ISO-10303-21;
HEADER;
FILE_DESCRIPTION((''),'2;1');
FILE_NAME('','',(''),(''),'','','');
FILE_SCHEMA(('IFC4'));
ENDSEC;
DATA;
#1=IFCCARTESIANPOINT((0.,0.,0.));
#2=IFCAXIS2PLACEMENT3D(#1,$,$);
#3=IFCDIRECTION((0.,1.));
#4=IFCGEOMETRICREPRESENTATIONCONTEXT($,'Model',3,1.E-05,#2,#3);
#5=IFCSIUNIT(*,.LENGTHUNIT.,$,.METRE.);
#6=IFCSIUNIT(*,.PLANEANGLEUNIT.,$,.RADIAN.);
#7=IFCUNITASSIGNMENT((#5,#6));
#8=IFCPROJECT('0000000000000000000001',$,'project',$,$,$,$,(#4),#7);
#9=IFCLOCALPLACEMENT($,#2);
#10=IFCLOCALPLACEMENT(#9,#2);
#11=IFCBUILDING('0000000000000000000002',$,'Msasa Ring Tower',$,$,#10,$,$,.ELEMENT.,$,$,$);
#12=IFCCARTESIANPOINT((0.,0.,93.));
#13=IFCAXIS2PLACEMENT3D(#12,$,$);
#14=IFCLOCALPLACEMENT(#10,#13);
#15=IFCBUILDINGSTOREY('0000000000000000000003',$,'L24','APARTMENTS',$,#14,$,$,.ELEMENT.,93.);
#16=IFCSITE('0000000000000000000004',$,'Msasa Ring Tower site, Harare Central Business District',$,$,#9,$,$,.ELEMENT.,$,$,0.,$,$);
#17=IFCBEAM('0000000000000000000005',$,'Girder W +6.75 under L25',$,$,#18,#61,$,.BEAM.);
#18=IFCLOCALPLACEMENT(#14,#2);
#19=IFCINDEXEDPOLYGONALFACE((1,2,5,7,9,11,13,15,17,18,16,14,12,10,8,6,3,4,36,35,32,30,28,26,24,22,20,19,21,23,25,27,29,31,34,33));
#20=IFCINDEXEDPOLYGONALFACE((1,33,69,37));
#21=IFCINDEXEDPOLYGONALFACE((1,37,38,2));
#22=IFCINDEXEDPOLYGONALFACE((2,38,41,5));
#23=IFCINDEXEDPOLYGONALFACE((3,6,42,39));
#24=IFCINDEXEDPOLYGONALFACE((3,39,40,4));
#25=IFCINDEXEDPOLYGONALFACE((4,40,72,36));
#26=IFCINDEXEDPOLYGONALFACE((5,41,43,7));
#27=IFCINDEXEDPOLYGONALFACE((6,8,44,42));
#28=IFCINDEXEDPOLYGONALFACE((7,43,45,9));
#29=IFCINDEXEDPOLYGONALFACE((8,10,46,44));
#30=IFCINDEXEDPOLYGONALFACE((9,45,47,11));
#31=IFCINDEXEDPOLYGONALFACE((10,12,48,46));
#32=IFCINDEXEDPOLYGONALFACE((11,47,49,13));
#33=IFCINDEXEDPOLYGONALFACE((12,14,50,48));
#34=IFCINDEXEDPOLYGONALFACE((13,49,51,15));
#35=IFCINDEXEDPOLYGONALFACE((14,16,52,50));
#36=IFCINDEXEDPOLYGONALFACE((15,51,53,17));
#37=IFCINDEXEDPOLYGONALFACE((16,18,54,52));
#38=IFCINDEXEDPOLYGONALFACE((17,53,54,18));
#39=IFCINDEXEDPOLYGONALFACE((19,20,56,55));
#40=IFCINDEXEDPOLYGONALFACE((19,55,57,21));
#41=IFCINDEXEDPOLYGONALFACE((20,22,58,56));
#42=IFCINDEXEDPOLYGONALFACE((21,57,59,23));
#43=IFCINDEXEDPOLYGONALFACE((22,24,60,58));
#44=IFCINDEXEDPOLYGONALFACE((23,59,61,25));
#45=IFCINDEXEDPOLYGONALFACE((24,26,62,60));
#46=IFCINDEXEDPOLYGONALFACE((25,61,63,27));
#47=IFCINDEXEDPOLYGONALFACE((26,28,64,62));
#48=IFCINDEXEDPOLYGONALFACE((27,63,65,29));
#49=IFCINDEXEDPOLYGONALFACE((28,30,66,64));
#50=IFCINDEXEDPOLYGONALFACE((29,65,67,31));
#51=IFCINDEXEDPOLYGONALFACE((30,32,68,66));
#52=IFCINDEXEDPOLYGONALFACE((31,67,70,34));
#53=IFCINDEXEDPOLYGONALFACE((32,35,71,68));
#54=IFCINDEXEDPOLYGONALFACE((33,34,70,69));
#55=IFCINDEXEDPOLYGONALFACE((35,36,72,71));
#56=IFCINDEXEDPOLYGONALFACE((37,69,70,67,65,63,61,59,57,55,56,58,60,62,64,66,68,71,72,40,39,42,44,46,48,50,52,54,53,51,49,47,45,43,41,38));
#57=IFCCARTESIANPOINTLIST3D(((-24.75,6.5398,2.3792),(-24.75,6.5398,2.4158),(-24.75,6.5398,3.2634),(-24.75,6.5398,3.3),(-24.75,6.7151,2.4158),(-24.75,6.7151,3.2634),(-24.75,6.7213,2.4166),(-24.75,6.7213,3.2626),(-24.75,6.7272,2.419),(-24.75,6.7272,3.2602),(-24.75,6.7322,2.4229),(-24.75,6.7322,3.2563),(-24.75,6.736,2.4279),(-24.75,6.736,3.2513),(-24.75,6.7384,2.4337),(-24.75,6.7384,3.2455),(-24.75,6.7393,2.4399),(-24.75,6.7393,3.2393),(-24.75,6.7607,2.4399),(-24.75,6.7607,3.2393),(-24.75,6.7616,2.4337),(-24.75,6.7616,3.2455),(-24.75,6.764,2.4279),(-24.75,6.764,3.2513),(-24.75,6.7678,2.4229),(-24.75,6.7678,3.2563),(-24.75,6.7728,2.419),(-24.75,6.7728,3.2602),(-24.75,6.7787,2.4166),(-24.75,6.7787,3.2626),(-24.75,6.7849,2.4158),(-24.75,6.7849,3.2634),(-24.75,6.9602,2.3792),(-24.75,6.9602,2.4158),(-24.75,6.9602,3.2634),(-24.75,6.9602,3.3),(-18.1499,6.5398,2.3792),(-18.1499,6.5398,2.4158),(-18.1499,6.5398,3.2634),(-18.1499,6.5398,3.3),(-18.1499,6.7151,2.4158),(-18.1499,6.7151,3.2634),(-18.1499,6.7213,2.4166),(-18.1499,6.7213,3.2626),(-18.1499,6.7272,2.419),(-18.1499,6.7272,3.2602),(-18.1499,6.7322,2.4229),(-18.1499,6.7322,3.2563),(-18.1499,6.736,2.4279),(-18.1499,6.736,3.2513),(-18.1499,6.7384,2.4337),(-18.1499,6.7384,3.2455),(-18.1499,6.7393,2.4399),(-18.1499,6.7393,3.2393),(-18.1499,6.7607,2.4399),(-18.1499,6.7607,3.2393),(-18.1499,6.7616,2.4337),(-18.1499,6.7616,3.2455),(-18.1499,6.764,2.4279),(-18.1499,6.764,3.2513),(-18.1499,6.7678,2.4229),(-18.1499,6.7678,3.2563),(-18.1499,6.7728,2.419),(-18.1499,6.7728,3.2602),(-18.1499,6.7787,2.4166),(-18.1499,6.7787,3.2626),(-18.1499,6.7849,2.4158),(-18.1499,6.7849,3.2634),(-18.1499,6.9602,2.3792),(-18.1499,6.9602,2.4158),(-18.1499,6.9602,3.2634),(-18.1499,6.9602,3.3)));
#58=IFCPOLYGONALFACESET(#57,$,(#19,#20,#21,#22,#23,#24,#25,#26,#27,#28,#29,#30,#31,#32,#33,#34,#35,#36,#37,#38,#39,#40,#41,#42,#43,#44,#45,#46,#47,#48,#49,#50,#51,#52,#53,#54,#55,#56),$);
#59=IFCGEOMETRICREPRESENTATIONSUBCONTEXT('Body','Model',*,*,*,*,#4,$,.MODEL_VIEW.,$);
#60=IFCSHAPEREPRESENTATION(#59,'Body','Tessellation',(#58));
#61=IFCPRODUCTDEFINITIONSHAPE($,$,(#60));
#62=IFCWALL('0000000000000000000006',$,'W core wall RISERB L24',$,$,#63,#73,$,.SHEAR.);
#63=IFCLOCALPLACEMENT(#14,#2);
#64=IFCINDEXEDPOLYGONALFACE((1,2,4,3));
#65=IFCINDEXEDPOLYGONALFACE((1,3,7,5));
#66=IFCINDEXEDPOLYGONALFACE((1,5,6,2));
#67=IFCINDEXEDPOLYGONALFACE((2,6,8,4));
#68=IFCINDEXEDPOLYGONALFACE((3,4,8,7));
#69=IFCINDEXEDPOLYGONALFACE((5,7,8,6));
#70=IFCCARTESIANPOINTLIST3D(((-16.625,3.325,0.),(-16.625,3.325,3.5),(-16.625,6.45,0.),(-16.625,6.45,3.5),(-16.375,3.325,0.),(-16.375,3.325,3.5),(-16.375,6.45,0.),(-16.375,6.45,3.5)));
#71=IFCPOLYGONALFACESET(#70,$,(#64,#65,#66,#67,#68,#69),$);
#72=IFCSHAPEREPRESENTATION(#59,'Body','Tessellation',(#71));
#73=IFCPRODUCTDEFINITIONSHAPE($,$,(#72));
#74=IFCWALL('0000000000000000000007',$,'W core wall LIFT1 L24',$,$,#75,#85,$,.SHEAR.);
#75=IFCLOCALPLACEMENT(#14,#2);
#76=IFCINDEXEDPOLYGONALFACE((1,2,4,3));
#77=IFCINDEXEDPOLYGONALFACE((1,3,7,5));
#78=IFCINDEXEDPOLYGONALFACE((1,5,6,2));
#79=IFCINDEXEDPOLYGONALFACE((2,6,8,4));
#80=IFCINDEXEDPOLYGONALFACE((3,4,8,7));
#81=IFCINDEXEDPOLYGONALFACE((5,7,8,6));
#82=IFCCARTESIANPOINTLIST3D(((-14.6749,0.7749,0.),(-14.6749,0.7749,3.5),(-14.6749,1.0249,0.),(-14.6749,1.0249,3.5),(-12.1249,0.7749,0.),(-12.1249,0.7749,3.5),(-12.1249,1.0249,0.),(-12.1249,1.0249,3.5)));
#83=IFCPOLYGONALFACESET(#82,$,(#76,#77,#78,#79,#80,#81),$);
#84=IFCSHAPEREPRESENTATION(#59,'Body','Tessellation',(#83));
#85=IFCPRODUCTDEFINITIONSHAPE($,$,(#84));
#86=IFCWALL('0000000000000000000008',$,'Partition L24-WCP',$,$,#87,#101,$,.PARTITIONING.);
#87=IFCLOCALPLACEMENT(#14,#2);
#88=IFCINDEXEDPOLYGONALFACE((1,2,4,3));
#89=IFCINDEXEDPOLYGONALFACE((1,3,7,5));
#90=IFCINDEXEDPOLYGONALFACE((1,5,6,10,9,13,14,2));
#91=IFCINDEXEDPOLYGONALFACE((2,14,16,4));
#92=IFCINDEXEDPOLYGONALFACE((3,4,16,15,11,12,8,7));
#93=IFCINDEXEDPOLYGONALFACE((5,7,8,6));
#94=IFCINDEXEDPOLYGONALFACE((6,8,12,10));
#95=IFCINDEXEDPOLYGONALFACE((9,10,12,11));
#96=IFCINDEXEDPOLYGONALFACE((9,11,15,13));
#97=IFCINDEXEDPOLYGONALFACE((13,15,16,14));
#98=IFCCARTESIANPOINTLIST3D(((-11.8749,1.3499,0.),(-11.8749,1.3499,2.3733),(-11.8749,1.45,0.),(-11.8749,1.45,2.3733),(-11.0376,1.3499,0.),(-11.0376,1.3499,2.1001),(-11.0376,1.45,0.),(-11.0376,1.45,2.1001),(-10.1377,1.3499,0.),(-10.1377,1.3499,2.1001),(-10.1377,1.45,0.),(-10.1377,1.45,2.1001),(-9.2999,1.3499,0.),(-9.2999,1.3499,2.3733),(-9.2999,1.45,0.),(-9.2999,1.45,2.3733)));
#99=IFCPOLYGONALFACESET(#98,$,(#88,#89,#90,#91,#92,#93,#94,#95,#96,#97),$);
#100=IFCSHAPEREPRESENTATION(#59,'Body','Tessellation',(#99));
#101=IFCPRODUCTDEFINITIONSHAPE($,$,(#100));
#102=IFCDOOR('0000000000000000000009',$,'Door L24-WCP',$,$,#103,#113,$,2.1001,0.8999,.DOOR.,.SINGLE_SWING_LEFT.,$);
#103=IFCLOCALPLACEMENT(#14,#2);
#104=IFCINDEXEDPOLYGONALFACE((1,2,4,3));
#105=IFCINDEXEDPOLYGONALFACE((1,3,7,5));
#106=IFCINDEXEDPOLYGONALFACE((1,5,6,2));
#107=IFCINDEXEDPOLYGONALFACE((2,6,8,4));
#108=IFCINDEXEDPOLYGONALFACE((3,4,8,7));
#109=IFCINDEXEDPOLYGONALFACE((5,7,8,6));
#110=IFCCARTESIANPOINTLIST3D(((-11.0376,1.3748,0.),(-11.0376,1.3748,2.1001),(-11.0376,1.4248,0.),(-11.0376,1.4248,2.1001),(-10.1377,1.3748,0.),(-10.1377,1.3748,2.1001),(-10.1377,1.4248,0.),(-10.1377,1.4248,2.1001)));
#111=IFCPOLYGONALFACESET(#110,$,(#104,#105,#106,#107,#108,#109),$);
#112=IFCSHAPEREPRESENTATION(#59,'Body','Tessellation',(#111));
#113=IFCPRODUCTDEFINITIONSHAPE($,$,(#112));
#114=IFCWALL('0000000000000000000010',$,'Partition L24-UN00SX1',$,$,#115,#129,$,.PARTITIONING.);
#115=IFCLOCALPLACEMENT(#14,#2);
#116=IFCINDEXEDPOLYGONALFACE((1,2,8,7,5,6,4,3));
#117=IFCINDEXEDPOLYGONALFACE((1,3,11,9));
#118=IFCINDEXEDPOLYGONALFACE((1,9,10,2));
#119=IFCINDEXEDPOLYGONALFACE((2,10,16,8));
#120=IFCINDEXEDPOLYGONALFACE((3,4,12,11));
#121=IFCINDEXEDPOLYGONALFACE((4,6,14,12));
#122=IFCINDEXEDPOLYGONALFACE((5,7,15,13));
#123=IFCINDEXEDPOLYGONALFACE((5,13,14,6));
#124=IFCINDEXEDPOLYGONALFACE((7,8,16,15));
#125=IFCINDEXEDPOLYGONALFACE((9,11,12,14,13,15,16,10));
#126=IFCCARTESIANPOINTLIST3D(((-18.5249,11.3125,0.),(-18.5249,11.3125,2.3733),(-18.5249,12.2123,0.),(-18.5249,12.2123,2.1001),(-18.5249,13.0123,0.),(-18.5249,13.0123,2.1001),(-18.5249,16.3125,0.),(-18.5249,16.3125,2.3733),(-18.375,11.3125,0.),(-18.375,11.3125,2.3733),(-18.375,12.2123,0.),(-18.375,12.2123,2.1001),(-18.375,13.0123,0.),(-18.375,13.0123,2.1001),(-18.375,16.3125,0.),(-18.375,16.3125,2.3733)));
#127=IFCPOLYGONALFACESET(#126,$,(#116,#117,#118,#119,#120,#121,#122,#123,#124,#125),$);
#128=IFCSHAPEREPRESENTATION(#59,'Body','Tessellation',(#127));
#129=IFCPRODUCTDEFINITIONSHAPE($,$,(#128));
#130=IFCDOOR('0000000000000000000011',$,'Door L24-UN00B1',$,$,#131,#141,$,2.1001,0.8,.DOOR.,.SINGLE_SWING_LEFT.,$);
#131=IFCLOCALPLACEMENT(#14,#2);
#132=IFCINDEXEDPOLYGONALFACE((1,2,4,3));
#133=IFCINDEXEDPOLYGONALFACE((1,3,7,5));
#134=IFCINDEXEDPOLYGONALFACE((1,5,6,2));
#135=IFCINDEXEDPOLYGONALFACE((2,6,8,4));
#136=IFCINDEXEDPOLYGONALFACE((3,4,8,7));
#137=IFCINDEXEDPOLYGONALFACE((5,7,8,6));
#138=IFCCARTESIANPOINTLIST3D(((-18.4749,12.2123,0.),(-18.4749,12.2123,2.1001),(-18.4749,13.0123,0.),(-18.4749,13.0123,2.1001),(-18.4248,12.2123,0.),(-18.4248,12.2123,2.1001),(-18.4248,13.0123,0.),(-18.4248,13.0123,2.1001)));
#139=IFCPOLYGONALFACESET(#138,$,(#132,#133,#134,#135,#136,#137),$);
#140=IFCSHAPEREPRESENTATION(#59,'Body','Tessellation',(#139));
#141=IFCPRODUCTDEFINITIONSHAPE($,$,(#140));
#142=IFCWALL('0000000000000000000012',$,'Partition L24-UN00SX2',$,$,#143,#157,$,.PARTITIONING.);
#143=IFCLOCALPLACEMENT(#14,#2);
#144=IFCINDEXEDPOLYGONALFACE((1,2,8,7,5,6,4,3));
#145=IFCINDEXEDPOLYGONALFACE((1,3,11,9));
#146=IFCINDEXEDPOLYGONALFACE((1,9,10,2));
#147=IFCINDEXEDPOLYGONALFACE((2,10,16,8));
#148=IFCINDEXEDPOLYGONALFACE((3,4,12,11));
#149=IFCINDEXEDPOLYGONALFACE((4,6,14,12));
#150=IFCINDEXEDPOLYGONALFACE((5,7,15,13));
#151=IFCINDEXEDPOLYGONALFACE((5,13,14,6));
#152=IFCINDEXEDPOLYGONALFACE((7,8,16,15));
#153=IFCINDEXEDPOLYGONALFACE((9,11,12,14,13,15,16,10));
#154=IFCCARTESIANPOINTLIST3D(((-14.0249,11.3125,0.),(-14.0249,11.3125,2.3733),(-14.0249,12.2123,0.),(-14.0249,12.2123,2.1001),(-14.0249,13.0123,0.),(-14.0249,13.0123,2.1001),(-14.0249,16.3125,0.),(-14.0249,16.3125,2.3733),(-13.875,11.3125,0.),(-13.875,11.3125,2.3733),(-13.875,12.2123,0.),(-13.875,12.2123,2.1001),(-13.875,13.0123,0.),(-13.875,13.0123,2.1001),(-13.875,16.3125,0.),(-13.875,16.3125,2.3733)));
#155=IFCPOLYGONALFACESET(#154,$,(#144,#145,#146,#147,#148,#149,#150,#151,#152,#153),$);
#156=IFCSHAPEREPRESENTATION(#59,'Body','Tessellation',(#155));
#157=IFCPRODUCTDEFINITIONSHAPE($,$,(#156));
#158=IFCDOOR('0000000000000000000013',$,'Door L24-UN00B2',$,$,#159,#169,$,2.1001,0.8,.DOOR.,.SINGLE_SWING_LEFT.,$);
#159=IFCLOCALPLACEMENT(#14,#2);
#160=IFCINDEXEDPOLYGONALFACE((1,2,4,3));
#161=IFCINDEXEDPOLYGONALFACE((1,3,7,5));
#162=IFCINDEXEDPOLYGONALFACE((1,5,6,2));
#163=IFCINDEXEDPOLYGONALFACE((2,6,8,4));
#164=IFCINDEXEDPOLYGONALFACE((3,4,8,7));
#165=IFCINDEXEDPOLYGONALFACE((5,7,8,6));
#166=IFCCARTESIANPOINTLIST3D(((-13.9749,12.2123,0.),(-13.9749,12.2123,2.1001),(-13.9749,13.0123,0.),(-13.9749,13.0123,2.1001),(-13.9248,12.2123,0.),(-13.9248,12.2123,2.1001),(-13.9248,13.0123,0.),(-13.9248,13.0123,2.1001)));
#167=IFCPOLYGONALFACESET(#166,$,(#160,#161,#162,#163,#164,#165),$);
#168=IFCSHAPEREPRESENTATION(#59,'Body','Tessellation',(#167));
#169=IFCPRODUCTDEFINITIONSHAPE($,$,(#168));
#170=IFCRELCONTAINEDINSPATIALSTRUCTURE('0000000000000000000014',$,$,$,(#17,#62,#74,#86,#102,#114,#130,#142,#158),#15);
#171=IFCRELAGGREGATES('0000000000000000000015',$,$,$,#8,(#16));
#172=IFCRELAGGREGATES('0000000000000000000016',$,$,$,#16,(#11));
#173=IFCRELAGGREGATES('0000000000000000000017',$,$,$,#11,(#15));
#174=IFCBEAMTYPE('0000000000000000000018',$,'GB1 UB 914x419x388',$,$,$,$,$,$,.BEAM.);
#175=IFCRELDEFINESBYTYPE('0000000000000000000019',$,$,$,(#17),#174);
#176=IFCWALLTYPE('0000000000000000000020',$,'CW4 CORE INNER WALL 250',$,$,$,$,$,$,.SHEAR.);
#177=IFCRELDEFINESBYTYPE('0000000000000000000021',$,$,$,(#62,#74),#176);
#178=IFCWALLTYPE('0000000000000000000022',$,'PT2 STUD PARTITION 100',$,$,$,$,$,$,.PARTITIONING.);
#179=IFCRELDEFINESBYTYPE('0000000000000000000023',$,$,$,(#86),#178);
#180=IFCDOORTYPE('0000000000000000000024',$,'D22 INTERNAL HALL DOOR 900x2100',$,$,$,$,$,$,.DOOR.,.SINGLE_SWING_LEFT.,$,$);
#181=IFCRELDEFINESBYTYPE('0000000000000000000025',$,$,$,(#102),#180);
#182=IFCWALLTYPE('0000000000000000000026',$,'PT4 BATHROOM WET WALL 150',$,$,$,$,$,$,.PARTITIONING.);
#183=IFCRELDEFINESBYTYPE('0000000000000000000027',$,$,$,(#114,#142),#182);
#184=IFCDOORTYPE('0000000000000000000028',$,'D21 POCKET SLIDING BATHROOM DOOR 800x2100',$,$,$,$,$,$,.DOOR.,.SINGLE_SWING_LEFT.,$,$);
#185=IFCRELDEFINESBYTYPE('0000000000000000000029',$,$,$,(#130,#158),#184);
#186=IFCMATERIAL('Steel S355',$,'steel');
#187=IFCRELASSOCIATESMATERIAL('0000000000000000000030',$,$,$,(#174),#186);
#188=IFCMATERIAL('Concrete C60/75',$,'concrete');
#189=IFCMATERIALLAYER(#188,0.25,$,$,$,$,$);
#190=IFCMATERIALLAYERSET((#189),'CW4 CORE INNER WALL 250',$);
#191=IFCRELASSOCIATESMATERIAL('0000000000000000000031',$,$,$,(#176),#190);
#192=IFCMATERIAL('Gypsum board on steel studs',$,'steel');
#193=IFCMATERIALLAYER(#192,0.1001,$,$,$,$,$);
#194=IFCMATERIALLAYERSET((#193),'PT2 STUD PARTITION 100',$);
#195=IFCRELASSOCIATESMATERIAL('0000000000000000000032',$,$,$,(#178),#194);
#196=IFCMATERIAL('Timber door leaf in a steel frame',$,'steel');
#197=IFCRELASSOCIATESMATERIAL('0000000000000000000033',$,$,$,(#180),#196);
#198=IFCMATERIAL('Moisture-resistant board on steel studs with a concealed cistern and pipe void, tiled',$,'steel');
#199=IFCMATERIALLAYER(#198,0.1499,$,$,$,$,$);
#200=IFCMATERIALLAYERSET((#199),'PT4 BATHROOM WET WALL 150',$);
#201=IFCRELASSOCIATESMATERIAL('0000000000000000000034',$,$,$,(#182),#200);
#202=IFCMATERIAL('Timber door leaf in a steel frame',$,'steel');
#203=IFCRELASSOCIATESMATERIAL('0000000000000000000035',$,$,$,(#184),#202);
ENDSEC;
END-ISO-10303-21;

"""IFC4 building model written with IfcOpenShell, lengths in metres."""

from ifc_helpers import new_model, si_unit, direction, frame, frame_2d, origin, origin_2d, place, context, subcontext, project, spatial, rectangle, i_section, extrude, material, layer, layer_set, material_profile, profile_set, type_object, element, fill, save


model = new_model("IFC4")

# Units and contexts
model_context = context("Model", 3, precision=1e-05, world=origin(), true_north=direction((0.0, 1.0)))
body_context = subcontext(model_context, "Body", "Model", "MODEL_VIEW")
ifc_project = project(units=[si_unit("LENGTHUNIT", "METRE"), si_unit("PLANEANGLEUNIT", "RADIAN")], contexts=[model_context])

# Site, building, storey
site_placement = place(None, origin())
site = spatial("IfcSite", under=ifc_project, at=site_placement, Name="Msasa Ring Tower site, Harare Central Business District", CompositionType="ELEMENT", RefElevation=0.0)
building_placement = place(site_placement, origin())
building = spatial("IfcBuilding", under=site, at=building_placement, Name="Msasa Ring Tower", CompositionType="ELEMENT")
storey_placement = place(building_placement, frame((0.0, 0.0, 93.0)))
storey = spatial("IfcBuildingStorey", under=building, at=storey_placement, Name="L24", Description="APARTMENTS", CompositionType="ELEMENT", Elevation=93.0)

# Beam
ifc_material_1 = material(Name="Steel S355", Category="steel")
ifc_material_profile = material_profile(ifc_material_1, i_section(OverallWidth=0.4204, OverallDepth=0.9209, WebThickness=0.0215, FlangeThickness=0.0366, FilletRadius=0.0242, at=origin_2d()), Name="UB 914x419x388")
ifc_profile_set = profile_set([ifc_material_profile], Name="Steel S355")
beam_type = type_object("IfcBeamType", Name="GB1 UB 914x419x388", PredefinedType="BEAM", material=ifc_profile_set)
beam_placement = place(storey_placement, frame((-18.1499, 6.75, 2.8396), z_axis=(-1.0, 0.0, 0.0), x_axis=(0.0, -1.0, 0.0)))
element("IfcBeam", 1, at=beam_placement, inside=storey, type_object=beam_type, Name="Girder W +6.75 under L25", PredefinedType="BEAM", context=body_context, shape_type="SweptSolid", body=[
    extrude(i_section(OverallWidth=0.4204, OverallDepth=0.9209, WebThickness=0.0215, FlangeThickness=0.0366, FilletRadius=0.0242, at=origin_2d()), origin(), (0.0, 0.0, 1.0), 6.6001),
])

# Walls
ifc_material_2 = material(Name="Concrete C60/75", Category="concrete")
ifc_layer_1 = layer(ifc_material_2, 0.25)
ifc_layer_set_1 = layer_set([ifc_layer_1], Name="CW4 CORE INNER WALL 250")
wall_type_1 = type_object("IfcWallType", Name="CW4 CORE INNER WALL 250", PredefinedType="SHEAR", material=ifc_layer_set_1)
wall_1_placement = place(storey_placement, frame((-16.5, 3.325, 0.0), z_axis=(0.0, 0.0, 1.0), x_axis=(0.0, 1.0, 0.0)))
element("IfcWall", 2, at=wall_1_placement, inside=storey, type_object=wall_type_1, Name="W core wall RISERB L24", PredefinedType="SHEAR", context=body_context, shape_type="SweptSolid", body=[
    extrude(rectangle(XDim=3.125, YDim=0.25, at=frame_2d((1.5625, 0.0))), origin(), (0.0, 0.0, 1.0), 3.5),
])
wall_2_placement = place(storey_placement, frame((-12.125, 0.8999, 0.0), z_axis=(0.0, 0.0, 1.0), x_axis=(-1.0, 0.0, 0.0)))
element("IfcWall", 3, at=wall_2_placement, inside=storey, type_object=wall_type_1, Name="W core wall LIFT1 L24", PredefinedType="SHEAR", context=body_context, shape_type="SweptSolid", body=[
    extrude(rectangle(XDim=2.55, YDim=0.25, at=frame_2d((1.2749, 0.0))), origin(), (0.0, 0.0, 1.0), 3.5),
])

# Walls, openings, doors
ifc_material_3 = material(Name="Gypsum board on steel studs", Category="steel")
ifc_layer_2 = layer(ifc_material_3, 0.1001)
ifc_layer_set_2 = layer_set([ifc_layer_2], Name="PT2 STUD PARTITION 100")
wall_type_2 = type_object("IfcWallType", Name="PT2 STUD PARTITION 100", PredefinedType="PARTITIONING", material=ifc_layer_set_2)
wall_3_placement = place(storey_placement, frame((-11.875, 1.3999, 0.0), z_axis=(0.0, 0.0, 1.0), x_axis=(1.0, 0.0, 0.0)))
wall_3 = element("IfcWall", 4, at=wall_3_placement, inside=storey, type_object=wall_type_2, Name="Partition L24-WCP", PredefinedType="PARTITIONING", context=body_context, shape_type="SweptSolid", body=[
    extrude(rectangle(XDim=2.575, YDim=0.1001, at=frame_2d((1.2876, 0.0))), origin(), (0.0, 0.0, 1.0), 2.3733),
])
opening_1_placement = place(wall_3_placement, frame((0.8374, 0.0, 0.0)))
opening_1 = element("IfcOpeningElement", 5, at=opening_1_placement, cuts=wall_3, PredefinedType="OPENING", context=body_context, shape_type="SweptSolid", body=[
    extrude(rectangle(XDim=0.8999, YDim=2.1001, at=frame_2d((0.45, 1.05))), frame((0.0, 0.0601, 0.0), z_axis=(0.0, -1.0, 0.0), x_axis=(1.0, 0.0, 0.0)), (0.0, 0.0, 1.0), 0.1201),
])
ifc_material_4 = material(Name="Timber door leaf in a steel frame", Category="steel")
door_type_1 = type_object("IfcDoorType", Name="D22 INTERNAL HALL DOOR 900x2100", OperationType="SINGLE_SWING_LEFT", PredefinedType="DOOR", material=ifc_material_4)
door_1_placement = place(opening_1_placement, origin())
door_1 = element("IfcDoor", 6, at=door_1_placement, inside=storey, type_object=door_type_1, Name="Door L24-WCP", OperationType="SINGLE_SWING_LEFT", OverallHeight=2.1001, OverallWidth=0.8999, PredefinedType="DOOR", context=body_context, shape_type="SweptSolid", body=[
    extrude(rectangle(XDim=0.8999, YDim=2.1001, at=frame_2d((0.45, 1.05))), frame((0.0, 0.0249, 0.0), z_axis=(0.0, -1.0, 0.0), x_axis=(1.0, 0.0, 0.0)), (0.0, 0.0, 1.0), 0.05),
])
fill(opening_1, door_1)
ifc_material_5 = material(Name="Moisture-resistant board on steel studs with a concealed cistern and pipe void, tiled", Category="steel")
ifc_layer_3 = layer(ifc_material_5, 0.1499)
ifc_layer_set_3 = layer_set([ifc_layer_3], Name="PT4 BATHROOM WET WALL 150")
wall_type_3 = type_object("IfcWallType", Name="PT4 BATHROOM WET WALL 150", PredefinedType="PARTITIONING", material=ifc_layer_set_3)
wall_4_placement = place(storey_placement, frame((-18.45, 11.3125, 0.0), z_axis=(0.0, 0.0, 1.0), x_axis=(0.0, 1.0, 0.0)))
wall_4 = element("IfcWall", 7, at=wall_4_placement, inside=storey, type_object=wall_type_3, Name="Partition L24-UN00SX1", PredefinedType="PARTITIONING", context=body_context, shape_type="SweptSolid", body=[
    extrude(rectangle(XDim=5.0, YDim=0.1499, at=frame_2d((2.5, 0.0))), origin(), (0.0, 0.0, 1.0), 2.3733),
])
opening_2_placement = place(wall_4_placement, frame((0.8999, 0.0, 0.0)))
opening_2 = element("IfcOpeningElement", 8, at=opening_2_placement, cuts=wall_4, PredefinedType="OPENING", context=body_context, shape_type="SweptSolid", body=[
    extrude(rectangle(XDim=0.8, YDim=2.1001, at=frame_2d((0.3999, 1.05))), frame((0.0, 0.085, 0.0), z_axis=(0.0, -1.0, 0.0), x_axis=(1.0, 0.0, 0.0)), (0.0, 0.0, 1.0), 0.1699),
])
ifc_material_6 = material(Name="Timber door leaf in a steel frame", Category="steel")
door_type_2 = type_object("IfcDoorType", Name="D21 POCKET SLIDING BATHROOM DOOR 800x2100", OperationType="SINGLE_SWING_LEFT", PredefinedType="DOOR", material=ifc_material_6)
door_2_placement = place(opening_2_placement, origin())
door_2 = element("IfcDoor", 9, at=door_2_placement, inside=storey, type_object=door_type_2, Name="Door L24-UN00B1", OperationType="SINGLE_SWING_LEFT", OverallHeight=2.1001, OverallWidth=0.8, PredefinedType="DOOR", context=body_context, shape_type="SweptSolid", body=[
    extrude(rectangle(XDim=0.8, YDim=2.1001, at=frame_2d((0.3999, 1.05))), frame((0.0, 0.0249, 0.0), z_axis=(0.0, -1.0, 0.0), x_axis=(1.0, 0.0, 0.0)), (0.0, 0.0, 1.0), 0.05),
])
fill(opening_2, door_2)
wall_5_placement = place(storey_placement, frame((-13.95, 11.3125, 0.0), z_axis=(0.0, 0.0, 1.0), x_axis=(0.0, 1.0, 0.0)))
wall_5 = element("IfcWall", 10, at=wall_5_placement, inside=storey, type_object=wall_type_3, Name="Partition L24-UN00SX2", PredefinedType="PARTITIONING", context=body_context, shape_type="SweptSolid", body=[
    extrude(rectangle(XDim=5.0, YDim=0.1499, at=frame_2d((2.5, 0.0))), origin(), (0.0, 0.0, 1.0), 2.3733),
])
opening_3_placement = place(wall_5_placement, frame((0.8999, 0.0, 0.0)))
opening_3 = element("IfcOpeningElement", 11, at=opening_3_placement, cuts=wall_5, PredefinedType="OPENING", context=body_context, shape_type="SweptSolid", body=[
    extrude(rectangle(XDim=0.8, YDim=2.1001, at=frame_2d((0.3999, 1.05))), frame((0.0, 0.085, 0.0), z_axis=(0.0, -1.0, 0.0), x_axis=(1.0, 0.0, 0.0)), (0.0, 0.0, 1.0), 0.1699),
])
door_3_placement = place(opening_3_placement, origin())
door_3 = element("IfcDoor", 12, at=door_3_placement, inside=storey, type_object=door_type_2, Name="Door L24-UN00B2", OperationType="SINGLE_SWING_LEFT", OverallHeight=2.1001, OverallWidth=0.8, PredefinedType="DOOR", context=body_context, shape_type="SweptSolid", body=[
    extrude(rectangle(XDim=0.8, YDim=2.1001, at=frame_2d((0.3999, 1.05))), frame((0.0, 0.0249, 0.0), z_axis=(0.0, -1.0, 0.0), x_axis=(1.0, 0.0, 0.0)), (0.0, 0.0, 1.0), 0.05),
])
fill(opening_3, door_3)

save(model, "model.ifc")
